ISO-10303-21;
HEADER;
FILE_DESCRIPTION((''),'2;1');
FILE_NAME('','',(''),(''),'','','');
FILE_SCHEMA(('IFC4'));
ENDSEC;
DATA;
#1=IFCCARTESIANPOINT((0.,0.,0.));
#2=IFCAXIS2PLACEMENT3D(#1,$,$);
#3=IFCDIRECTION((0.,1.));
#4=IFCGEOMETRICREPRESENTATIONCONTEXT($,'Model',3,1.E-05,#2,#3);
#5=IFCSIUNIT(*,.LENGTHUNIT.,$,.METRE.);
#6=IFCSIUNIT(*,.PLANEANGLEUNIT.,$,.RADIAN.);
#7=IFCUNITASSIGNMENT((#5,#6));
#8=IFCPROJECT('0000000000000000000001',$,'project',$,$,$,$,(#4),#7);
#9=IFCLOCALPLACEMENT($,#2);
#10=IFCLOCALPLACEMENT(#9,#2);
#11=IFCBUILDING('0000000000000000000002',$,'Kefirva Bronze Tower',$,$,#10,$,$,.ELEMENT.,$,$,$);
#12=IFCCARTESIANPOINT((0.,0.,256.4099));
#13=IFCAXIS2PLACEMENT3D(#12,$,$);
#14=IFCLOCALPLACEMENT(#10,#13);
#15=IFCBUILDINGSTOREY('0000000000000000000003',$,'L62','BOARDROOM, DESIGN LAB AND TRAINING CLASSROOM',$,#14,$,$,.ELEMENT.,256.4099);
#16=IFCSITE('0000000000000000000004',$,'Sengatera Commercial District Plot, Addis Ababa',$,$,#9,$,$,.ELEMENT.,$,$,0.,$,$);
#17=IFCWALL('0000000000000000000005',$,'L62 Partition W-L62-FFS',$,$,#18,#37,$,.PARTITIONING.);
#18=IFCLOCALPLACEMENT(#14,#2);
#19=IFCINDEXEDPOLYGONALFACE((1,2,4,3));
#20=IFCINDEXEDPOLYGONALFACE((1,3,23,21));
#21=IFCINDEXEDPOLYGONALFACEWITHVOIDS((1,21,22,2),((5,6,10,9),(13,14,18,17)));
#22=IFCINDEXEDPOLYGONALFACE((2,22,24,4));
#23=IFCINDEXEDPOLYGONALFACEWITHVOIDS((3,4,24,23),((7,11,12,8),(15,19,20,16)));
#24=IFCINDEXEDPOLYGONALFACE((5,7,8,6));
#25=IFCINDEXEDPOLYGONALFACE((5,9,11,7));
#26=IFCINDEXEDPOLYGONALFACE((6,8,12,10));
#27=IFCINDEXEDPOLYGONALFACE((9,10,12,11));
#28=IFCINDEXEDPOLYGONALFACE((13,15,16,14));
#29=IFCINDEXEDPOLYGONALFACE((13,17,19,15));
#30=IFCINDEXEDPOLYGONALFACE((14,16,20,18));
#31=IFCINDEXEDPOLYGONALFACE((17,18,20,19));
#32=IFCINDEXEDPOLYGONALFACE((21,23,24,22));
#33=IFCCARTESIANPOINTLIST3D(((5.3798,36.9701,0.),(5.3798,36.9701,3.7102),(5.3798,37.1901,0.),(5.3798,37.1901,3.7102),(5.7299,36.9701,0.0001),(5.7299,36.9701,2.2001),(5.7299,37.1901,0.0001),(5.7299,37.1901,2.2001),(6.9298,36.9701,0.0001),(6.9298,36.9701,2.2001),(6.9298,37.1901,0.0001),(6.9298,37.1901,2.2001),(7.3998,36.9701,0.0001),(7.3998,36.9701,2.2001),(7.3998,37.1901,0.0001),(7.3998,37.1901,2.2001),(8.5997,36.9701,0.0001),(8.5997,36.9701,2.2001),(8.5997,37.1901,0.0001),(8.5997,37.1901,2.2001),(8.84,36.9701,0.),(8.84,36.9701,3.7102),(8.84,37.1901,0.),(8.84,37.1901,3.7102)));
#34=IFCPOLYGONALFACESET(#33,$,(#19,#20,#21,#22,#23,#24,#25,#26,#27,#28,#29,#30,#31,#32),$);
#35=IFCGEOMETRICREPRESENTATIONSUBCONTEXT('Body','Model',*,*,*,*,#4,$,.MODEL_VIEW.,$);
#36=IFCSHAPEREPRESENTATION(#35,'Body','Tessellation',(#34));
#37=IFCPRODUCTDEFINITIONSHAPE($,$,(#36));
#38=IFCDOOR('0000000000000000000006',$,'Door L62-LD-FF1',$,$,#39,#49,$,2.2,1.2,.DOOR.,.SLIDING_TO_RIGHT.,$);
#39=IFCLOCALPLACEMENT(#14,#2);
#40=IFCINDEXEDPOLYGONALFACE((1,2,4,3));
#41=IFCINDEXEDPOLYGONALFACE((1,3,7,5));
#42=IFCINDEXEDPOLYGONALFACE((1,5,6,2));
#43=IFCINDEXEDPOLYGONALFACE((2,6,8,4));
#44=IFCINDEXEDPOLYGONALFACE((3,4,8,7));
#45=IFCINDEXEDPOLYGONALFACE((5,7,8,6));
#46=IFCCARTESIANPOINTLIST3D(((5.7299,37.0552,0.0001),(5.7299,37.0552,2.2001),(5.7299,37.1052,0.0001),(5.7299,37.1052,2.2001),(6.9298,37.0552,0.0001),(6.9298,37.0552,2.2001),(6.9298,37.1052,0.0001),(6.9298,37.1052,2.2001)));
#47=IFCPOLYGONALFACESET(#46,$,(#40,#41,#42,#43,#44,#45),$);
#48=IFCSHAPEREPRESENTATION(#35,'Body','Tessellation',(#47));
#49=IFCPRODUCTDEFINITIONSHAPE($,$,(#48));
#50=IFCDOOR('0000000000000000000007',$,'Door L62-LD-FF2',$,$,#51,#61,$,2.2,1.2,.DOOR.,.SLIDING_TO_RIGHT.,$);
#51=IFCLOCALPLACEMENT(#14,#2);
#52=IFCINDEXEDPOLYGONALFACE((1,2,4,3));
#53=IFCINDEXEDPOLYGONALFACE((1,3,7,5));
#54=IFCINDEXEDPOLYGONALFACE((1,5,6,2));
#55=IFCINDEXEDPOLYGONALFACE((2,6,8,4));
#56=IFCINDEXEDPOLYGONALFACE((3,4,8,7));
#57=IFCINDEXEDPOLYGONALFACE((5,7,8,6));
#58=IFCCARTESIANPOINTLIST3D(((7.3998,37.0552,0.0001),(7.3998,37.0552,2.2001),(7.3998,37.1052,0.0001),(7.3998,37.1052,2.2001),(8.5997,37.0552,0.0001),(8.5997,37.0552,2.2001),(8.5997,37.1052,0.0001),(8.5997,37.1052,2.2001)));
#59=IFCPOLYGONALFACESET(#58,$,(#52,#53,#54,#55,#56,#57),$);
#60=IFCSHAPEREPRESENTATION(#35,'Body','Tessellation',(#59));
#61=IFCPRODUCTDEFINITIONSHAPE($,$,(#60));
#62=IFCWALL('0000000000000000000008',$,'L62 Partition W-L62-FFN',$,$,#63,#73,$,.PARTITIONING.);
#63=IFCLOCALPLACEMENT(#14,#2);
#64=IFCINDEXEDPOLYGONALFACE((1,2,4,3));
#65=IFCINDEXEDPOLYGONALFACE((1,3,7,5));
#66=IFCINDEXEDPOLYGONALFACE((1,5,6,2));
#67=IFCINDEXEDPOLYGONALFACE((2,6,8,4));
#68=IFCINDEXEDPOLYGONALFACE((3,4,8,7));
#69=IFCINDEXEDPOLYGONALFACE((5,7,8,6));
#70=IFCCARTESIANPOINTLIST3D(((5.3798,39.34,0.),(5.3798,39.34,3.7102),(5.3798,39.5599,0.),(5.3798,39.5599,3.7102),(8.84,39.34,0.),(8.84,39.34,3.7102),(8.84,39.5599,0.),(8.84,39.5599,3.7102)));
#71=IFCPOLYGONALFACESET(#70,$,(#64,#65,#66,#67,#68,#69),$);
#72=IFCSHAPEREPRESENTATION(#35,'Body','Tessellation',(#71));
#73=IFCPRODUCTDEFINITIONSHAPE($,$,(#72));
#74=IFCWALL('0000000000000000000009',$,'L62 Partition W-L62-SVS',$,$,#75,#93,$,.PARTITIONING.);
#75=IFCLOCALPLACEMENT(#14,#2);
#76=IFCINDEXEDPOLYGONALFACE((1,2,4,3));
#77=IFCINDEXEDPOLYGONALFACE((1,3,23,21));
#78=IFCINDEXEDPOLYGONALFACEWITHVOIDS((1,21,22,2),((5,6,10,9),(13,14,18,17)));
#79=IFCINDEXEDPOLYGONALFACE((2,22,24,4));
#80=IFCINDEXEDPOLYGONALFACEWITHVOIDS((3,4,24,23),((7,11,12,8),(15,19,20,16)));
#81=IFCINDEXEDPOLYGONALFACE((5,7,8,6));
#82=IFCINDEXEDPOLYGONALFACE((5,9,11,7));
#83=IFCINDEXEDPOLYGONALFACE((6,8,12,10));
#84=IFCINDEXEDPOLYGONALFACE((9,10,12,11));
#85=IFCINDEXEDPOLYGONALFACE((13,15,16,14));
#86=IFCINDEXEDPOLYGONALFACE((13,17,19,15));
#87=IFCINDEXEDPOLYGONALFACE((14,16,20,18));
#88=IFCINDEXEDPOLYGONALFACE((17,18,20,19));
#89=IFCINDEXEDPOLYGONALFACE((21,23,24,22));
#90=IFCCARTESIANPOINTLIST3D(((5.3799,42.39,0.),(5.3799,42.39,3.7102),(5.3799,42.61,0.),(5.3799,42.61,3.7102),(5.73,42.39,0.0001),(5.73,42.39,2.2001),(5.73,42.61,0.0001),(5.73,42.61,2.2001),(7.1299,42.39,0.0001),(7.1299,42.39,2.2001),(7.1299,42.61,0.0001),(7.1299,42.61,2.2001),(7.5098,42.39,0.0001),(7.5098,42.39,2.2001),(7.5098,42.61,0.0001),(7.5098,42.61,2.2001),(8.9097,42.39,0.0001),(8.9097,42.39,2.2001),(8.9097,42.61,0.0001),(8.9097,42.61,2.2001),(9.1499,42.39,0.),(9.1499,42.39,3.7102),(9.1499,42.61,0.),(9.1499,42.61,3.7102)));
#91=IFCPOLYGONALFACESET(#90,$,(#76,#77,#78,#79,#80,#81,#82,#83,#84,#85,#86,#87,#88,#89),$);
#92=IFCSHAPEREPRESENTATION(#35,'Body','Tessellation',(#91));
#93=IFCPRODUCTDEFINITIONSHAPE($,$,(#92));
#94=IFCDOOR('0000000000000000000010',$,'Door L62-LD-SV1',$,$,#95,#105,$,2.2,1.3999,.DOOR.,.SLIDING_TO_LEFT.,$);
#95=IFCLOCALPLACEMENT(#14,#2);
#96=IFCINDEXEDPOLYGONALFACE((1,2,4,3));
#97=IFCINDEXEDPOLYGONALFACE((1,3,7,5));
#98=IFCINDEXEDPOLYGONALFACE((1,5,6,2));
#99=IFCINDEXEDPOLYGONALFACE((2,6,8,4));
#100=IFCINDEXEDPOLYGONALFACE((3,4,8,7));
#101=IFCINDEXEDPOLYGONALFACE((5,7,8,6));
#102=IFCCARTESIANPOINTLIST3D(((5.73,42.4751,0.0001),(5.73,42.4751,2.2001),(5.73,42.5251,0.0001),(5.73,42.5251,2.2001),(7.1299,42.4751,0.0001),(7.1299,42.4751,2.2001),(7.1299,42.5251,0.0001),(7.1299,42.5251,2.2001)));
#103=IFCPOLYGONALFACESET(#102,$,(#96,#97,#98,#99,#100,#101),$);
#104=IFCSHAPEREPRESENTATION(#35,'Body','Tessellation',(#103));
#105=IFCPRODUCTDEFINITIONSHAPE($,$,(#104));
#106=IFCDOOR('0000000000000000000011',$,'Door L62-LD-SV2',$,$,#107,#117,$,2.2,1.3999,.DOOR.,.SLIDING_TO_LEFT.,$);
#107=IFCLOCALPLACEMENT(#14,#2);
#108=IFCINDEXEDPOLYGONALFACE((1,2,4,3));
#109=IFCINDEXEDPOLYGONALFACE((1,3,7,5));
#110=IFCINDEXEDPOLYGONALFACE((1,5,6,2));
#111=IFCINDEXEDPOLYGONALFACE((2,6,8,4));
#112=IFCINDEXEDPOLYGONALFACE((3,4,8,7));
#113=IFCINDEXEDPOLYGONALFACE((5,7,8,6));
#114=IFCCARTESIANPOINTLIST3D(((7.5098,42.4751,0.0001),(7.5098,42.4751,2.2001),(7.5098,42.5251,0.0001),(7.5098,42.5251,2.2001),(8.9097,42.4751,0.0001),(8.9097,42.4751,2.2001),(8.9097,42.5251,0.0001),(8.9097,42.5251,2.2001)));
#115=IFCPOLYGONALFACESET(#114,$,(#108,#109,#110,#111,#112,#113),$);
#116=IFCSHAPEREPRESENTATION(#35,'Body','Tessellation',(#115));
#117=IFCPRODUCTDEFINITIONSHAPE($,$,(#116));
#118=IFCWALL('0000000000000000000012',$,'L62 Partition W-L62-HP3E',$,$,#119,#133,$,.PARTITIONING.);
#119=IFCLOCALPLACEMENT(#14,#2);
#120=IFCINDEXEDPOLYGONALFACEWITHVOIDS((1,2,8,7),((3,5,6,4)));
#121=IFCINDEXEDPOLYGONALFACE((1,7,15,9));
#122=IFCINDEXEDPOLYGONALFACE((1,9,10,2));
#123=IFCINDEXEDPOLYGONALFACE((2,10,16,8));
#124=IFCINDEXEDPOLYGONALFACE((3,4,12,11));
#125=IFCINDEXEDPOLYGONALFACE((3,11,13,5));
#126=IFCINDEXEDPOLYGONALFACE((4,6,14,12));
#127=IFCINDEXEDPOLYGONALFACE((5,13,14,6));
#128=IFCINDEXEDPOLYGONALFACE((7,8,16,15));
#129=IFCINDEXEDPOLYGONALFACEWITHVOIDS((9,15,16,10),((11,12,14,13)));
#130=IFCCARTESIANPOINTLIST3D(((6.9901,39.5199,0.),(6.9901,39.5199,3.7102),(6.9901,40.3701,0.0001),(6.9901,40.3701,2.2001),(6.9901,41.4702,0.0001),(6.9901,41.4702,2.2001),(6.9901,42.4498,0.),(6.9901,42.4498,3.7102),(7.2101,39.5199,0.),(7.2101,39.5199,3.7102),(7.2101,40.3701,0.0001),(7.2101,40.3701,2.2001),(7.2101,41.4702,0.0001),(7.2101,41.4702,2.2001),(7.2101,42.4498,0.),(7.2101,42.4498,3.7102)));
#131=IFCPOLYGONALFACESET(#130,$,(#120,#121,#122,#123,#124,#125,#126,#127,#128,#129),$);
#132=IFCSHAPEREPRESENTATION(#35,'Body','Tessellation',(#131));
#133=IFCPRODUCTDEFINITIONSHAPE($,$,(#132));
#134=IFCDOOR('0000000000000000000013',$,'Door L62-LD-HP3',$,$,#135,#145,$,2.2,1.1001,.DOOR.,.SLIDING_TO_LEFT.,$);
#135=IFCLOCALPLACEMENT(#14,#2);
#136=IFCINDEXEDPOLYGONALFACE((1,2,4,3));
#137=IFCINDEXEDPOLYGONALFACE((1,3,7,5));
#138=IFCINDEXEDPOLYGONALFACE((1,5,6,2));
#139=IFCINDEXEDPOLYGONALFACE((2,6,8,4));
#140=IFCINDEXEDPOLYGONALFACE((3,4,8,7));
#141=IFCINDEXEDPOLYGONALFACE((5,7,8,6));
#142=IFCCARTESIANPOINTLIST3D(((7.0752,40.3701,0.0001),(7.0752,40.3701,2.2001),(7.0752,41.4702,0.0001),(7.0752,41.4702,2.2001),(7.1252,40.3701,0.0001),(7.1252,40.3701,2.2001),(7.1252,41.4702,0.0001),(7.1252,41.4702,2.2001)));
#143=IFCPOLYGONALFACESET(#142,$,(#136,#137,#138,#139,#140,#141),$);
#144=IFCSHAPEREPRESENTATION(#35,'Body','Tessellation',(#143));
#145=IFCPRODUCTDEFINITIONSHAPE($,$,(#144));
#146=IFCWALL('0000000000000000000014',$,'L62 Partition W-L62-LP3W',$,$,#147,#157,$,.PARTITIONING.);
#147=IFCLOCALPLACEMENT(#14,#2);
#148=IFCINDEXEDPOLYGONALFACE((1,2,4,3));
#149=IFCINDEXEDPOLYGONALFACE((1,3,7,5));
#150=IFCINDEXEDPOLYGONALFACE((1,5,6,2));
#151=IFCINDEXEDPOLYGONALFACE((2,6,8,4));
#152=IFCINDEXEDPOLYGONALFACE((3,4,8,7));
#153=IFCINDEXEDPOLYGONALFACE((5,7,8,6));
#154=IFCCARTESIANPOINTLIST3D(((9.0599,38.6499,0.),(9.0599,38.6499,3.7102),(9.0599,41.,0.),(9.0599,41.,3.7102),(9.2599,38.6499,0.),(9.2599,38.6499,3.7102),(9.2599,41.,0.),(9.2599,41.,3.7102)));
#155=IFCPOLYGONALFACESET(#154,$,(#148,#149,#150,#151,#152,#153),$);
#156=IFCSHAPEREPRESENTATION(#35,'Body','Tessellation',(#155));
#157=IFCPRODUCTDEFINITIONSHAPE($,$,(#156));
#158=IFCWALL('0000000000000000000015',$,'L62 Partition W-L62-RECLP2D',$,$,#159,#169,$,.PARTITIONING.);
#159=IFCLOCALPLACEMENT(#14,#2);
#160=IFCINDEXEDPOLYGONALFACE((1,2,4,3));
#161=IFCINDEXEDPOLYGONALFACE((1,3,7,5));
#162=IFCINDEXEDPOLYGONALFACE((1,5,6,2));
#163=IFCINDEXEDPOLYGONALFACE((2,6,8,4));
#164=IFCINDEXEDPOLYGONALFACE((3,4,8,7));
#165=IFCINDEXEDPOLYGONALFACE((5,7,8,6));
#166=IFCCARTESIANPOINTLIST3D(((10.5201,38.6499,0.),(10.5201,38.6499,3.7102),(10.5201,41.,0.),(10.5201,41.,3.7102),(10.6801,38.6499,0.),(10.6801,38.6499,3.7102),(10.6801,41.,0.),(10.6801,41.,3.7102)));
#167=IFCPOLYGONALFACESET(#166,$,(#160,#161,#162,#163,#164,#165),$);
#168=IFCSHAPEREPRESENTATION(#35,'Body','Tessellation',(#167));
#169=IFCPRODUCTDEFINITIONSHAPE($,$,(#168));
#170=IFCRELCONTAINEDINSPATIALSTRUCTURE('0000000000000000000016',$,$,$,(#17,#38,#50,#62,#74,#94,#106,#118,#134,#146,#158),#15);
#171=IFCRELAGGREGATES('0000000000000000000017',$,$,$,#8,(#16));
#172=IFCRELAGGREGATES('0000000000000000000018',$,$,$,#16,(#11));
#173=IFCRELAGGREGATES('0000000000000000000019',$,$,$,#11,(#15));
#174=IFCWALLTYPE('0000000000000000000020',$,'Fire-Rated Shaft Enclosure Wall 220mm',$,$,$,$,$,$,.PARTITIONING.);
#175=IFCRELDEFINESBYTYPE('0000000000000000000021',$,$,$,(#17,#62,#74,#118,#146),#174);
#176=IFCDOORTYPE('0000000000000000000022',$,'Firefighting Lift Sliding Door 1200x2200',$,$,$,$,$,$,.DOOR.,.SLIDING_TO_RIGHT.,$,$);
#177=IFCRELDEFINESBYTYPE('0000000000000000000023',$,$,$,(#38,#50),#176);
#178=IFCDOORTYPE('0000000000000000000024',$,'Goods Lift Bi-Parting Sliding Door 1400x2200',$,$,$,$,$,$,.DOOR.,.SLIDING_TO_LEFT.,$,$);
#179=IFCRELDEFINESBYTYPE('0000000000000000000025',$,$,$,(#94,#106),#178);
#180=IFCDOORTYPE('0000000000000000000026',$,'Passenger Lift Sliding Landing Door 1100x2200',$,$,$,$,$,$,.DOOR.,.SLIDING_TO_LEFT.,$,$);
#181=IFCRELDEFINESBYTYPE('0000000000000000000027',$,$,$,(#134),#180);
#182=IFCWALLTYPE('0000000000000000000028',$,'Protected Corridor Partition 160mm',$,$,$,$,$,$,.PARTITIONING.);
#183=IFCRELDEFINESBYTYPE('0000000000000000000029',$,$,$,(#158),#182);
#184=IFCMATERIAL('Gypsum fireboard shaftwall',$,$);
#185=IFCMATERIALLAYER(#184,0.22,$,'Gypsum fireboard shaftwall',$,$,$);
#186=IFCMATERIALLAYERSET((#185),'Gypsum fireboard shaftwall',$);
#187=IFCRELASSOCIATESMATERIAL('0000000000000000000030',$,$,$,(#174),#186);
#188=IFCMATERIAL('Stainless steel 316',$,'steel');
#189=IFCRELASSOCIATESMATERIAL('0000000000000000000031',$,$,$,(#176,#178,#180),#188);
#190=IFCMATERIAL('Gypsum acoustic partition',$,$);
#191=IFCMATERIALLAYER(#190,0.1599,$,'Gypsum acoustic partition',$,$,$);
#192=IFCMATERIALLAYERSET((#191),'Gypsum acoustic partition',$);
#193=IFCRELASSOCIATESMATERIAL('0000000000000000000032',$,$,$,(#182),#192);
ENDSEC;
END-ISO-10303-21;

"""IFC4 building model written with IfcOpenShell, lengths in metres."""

from ifc_helpers import new_model, si_unit, direction, frame, frame_2d, origin, place, context, subcontext, project, spatial, rectangle, extrude, material, layer, layer_set, type_object, element, fill, save


model = new_model("IFC4")

# Units and contexts
model_context = context("Model", 3, precision=1e-05, world=origin(), true_north=direction((0.0, 1.0)))
body_context = subcontext(model_context, "Body", "Model", "MODEL_VIEW")
ifc_project = project(units=[si_unit("LENGTHUNIT", "METRE"), si_unit("PLANEANGLEUNIT", "RADIAN")], contexts=[model_context])

# Site, building, storey
site_placement = place(None, origin())
site = spatial("IfcSite", under=ifc_project, at=site_placement, Name="Sengatera Commercial District Plot, Addis Ababa", CompositionType="ELEMENT", RefElevation=0.0)
building_placement = place(site_placement, origin())
building = spatial("IfcBuilding", under=site, at=building_placement, Name="Kefirva Bronze Tower", CompositionType="ELEMENT")
storey_placement = place(building_placement, frame((0.0, 0.0, 256.4099)))
storey = spatial("IfcBuildingStorey", under=building, at=storey_placement, Name="L62", Description="BOARDROOM, DESIGN LAB AND TRAINING CLASSROOM", CompositionType="ELEMENT", Elevation=256.4099)

# Wall, openings, doors
ifc_material_1 = material(Name="Gypsum fireboard shaftwall")
ifc_layer_1 = layer(ifc_material_1, 0.22, Name="Gypsum fireboard shaftwall")
ifc_layer_set_1 = layer_set([ifc_layer_1], Name="Gypsum fireboard shaftwall")
wall_type_1 = type_object("IfcWallType", Name="Fire-Rated Shaft Enclosure Wall 220mm", PredefinedType="PARTITIONING", material=ifc_layer_set_1)
wall_1_placement = place(storey_placement, frame((5.3799, 37.0801, 0.0), z_axis=(0.0, 0.0, 1.0), x_axis=(1.0, 0.0, 0.0)))
wall_1 = element("IfcWall", 1, at=wall_1_placement, inside=storey, type_object=wall_type_1, Name="L62 Partition W-L62-FFS", PredefinedType="PARTITIONING", context=body_context, shape_type="SweptSolid", body=[
    extrude(rectangle(XDim=3.4602, YDim=0.22, at=frame_2d((1.73, 0.0))), origin(), (0.0, 0.0, 1.0), 3.7102),
])
opening_1_placement = place(wall_1_placement, frame((1.55, 0.0, 0.0), z_axis=(0.0, 0.0, 1.0), x_axis=(-1.0, 0.0, 0.0)))
opening_1 = element("IfcOpeningElement", 2, at=opening_1_placement, cuts=wall_1, PredefinedType="OPENING", context=body_context, shape_type="SweptSolid", body=[
    extrude(rectangle(XDim=1.2, YDim=2.2, at=frame_2d((0.6001, 1.1001))), frame((0.0, 0.1201, 0.0), z_axis=(0.0, -1.0, 0.0), x_axis=(1.0, 0.0, 0.0)), (0.0, 0.0, 1.0), 0.24),
])
opening_2_placement = place(wall_1_placement, frame((3.22, 0.0, 0.0), z_axis=(0.0, 0.0, 1.0), x_axis=(-1.0, 0.0, 0.0)))
opening_2 = element("IfcOpeningElement", 3, at=opening_2_placement, cuts=wall_1, PredefinedType="OPENING", context=body_context, shape_type="SweptSolid", body=[
    extrude(rectangle(XDim=1.2, YDim=2.2, at=frame_2d((0.6001, 1.1001))), frame((0.0, 0.1201, 0.0), z_axis=(0.0, -1.0, 0.0), x_axis=(1.0, 0.0, 0.0)), (0.0, 0.0, 1.0), 0.24),
])
ifc_material_2 = material(Name="Stainless steel 316", Category="steel")
door_type_1 = type_object("IfcDoorType", Name="Firefighting Lift Sliding Door 1200x2200", OperationType="SLIDING_TO_RIGHT", PredefinedType="DOOR", material=ifc_material_2)
door_1_placement = place(opening_1_placement, origin())
door_1 = element("IfcDoor", 4, at=door_1_placement, inside=storey, type_object=door_type_1, Name="Door L62-LD-FF1", OperationType="SLIDING_TO_RIGHT", OverallHeight=2.2, OverallWidth=1.2, PredefinedType="DOOR", context=body_context, shape_type="SweptSolid", body=[
    extrude(rectangle(XDim=1.2, YDim=2.2, at=frame_2d((0.6001, 1.1001))), frame((0.0, 0.0249, 0.0), z_axis=(0.0, -1.0, 0.0), x_axis=(1.0, 0.0, 0.0)), (0.0, 0.0, 1.0), 0.05),
])
fill(opening_1, door_1)
door_2_placement = place(opening_2_placement, origin())
door_2 = element("IfcDoor", 5, at=door_2_placement, inside=storey, type_object=door_type_1, Name="Door L62-LD-FF2", OperationType="SLIDING_TO_RIGHT", OverallHeight=2.2, OverallWidth=1.2, PredefinedType="DOOR", context=body_context, shape_type="SweptSolid", body=[
    extrude(rectangle(XDim=1.2, YDim=2.2, at=frame_2d((0.6001, 1.1001))), frame((0.0, 0.0249, 0.0), z_axis=(0.0, -1.0, 0.0), x_axis=(1.0, 0.0, 0.0)), (0.0, 0.0, 1.0), 0.05),
])
fill(opening_2, door_2)

# Wall
wall_2_placement = place(storey_placement, frame((5.3799, 39.45, 0.0), z_axis=(0.0, 0.0, 1.0), x_axis=(1.0, 0.0, 0.0)))
element("IfcWall", 6, at=wall_2_placement, inside=storey, type_object=wall_type_1, Name="L62 Partition W-L62-FFN", PredefinedType="PARTITIONING", context=body_context, shape_type="SweptSolid", body=[
    extrude(rectangle(XDim=3.4602, YDim=0.22, at=frame_2d((1.73, 0.0))), origin(), (0.0, 0.0, 1.0), 3.7102),
])

# Wall, openings, doors
wall_3_placement = place(storey_placement, frame((5.3799, 42.5, 0.0), z_axis=(0.0, 0.0, 1.0), x_axis=(1.0, 0.0, 0.0)))
wall_3 = element("IfcWall", 7, at=wall_3_placement, inside=storey, type_object=wall_type_1, Name="L62 Partition W-L62-SVS", PredefinedType="PARTITIONING", context=body_context, shape_type="SweptSolid", body=[
    extrude(rectangle(XDim=3.77, YDim=0.22, at=frame_2d((1.885, 0.0))), origin(), (0.0, 0.0, 1.0), 3.7102),
])
opening_3_placement = place(wall_3_placement, frame((1.75, 0.0, 0.0), z_axis=(0.0, 0.0, 1.0), x_axis=(-1.0, 0.0, 0.0)))
opening_3 = element("IfcOpeningElement", 8, at=opening_3_placement, cuts=wall_3, PredefinedType="OPENING", context=body_context, shape_type="SweptSolid", body=[
    extrude(rectangle(XDim=1.3999, YDim=2.2, at=frame_2d((0.7, 1.1001))), frame((0.0, 0.1201, 0.0), z_axis=(0.0, -1.0, 0.0), x_axis=(1.0, 0.0, 0.0)), (0.0, 0.0, 1.0), 0.24),
])
opening_4_placement = place(wall_3_placement, frame((3.5298, 0.0, 0.0), z_axis=(0.0, 0.0, 1.0), x_axis=(-1.0, 0.0, 0.0)))
opening_4 = element("IfcOpeningElement", 9, at=opening_4_placement, cuts=wall_3, PredefinedType="OPENING", context=body_context, shape_type="SweptSolid", body=[
    extrude(rectangle(XDim=1.3999, YDim=2.2, at=frame_2d((0.7, 1.1001))), frame((0.0, 0.1201, 0.0), z_axis=(0.0, -1.0, 0.0), x_axis=(1.0, 0.0, 0.0)), (0.0, 0.0, 1.0), 0.24),
])
door_type_2 = type_object("IfcDoorType", Name="Goods Lift Bi-Parting Sliding Door 1400x2200", OperationType="SLIDING_TO_LEFT", PredefinedType="DOOR", material=ifc_material_2)
door_3_placement = place(opening_3_placement, origin())
door_3 = element("IfcDoor", 10, at=door_3_placement, inside=storey, type_object=door_type_2, Name="Door L62-LD-SV1", OperationType="SLIDING_TO_LEFT", OverallHeight=2.2, OverallWidth=1.3999, PredefinedType="DOOR", context=body_context, shape_type="SweptSolid", body=[
    extrude(rectangle(XDim=1.3999, YDim=2.2, at=frame_2d((0.7, 1.1001))), frame((0.0, 0.0249, 0.0), z_axis=(0.0, -1.0, 0.0), x_axis=(1.0, 0.0, 0.0)), (0.0, 0.0, 1.0), 0.05),
])
fill(opening_3, door_3)
door_4_placement = place(opening_4_placement, origin())
door_4 = element("IfcDoor", 11, at=door_4_placement, inside=storey, type_object=door_type_2, Name="Door L62-LD-SV2", OperationType="SLIDING_TO_LEFT", OverallHeight=2.2, OverallWidth=1.3999, PredefinedType="DOOR", context=body_context, shape_type="SweptSolid", body=[
    extrude(rectangle(XDim=1.3999, YDim=2.2, at=frame_2d((0.7, 1.1001))), frame((0.0, 0.0249, 0.0), z_axis=(0.0, -1.0, 0.0), x_axis=(1.0, 0.0, 0.0)), (0.0, 0.0, 1.0), 0.05),
])
fill(opening_4, door_4)

# Wall, opening, door
wall_4_placement = place(storey_placement, frame((7.1001, 39.52, 0.0), z_axis=(0.0, 0.0, 1.0), x_axis=(0.0, 1.0, 0.0)))
wall_4 = element("IfcWall", 12, at=wall_4_placement, inside=storey, type_object=wall_type_1, Name="L62 Partition W-L62-HP3E", PredefinedType="PARTITIONING", context=body_context, shape_type="SweptSolid", body=[
    extrude(rectangle(XDim=2.9299, YDim=0.22, at=frame_2d((1.4648, 0.0))), origin(), (0.0, 0.0, 1.0), 3.7102),
])
opening_5_placement = place(wall_4_placement, frame((0.8501, 0.0, 0.0)))
opening_5 = element("IfcOpeningElement", 13, at=opening_5_placement, cuts=wall_4, PredefinedType="OPENING", context=body_context, shape_type="SweptSolid", body=[
    extrude(rectangle(XDim=1.1001, YDim=2.2, at=frame_2d((0.55, 1.1001))), frame((0.0, 0.1201, 0.0), z_axis=(0.0, -1.0, 0.0), x_axis=(1.0, 0.0, 0.0)), (0.0, 0.0, 1.0), 0.24),
])
door_type_3 = type_object("IfcDoorType", Name="Passenger Lift Sliding Landing Door 1100x2200", OperationType="SLIDING_TO_LEFT", PredefinedType="DOOR", material=ifc_material_2)
door_5_placement = place(opening_5_placement, origin())
door_5 = element("IfcDoor", 14, at=door_5_placement, inside=storey, type_object=door_type_3, Name="Door L62-LD-HP3", OperationType="SLIDING_TO_LEFT", OverallHeight=2.2, OverallWidth=1.1001, PredefinedType="DOOR", context=body_context, shape_type="SweptSolid", body=[
    extrude(rectangle(XDim=1.1001, YDim=2.2, at=frame_2d((0.55, 1.1001))), frame((0.0, 0.0249, 0.0), z_axis=(0.0, -1.0, 0.0), x_axis=(1.0, 0.0, 0.0)), (0.0, 0.0, 1.0), 0.05),
])
fill(opening_5, door_5)

# Wall
wall_5_placement = place(storey_placement, frame((9.1599, 38.6499, 0.0), z_axis=(0.0, 0.0, 1.0), x_axis=(0.0, 1.0, 0.0)))
element("IfcWall", 15, at=wall_5_placement, inside=storey, type_object=wall_type_1, Name="L62 Partition W-L62-LP3W", PredefinedType="PARTITIONING", context=body_context, shape_type="SweptSolid", body=[
    extrude(rectangle(XDim=2.3501, YDim=0.2, at=frame_2d((1.175, 0.0))), origin(), (0.0, 0.0, 1.0), 3.7102),
])

# Shared definitions
ifc_material_3 = material(Name="Gypsum acoustic partition")
ifc_layer_2 = layer(ifc_material_3, 0.1599, Name="Gypsum acoustic partition")
ifc_layer_set_2 = layer_set([ifc_layer_2], Name="Gypsum acoustic partition")
wall_type_2 = type_object("IfcWallType", Name="Protected Corridor Partition 160mm", PredefinedType="PARTITIONING", material=ifc_layer_set_2)

# Wall
wall_6_placement = place(storey_placement, frame((10.6001, 38.6499, 0.0), z_axis=(0.0, 0.0, 1.0), x_axis=(0.0, 1.0, 0.0)))
element("IfcWall", 16, at=wall_6_placement, inside=storey, type_object=wall_type_2, Name="L62 Partition W-L62-RECLP2D", PredefinedType="PARTITIONING", context=body_context, shape_type="SweptSolid", body=[
    extrude(rectangle(XDim=2.3501, YDim=0.1599, at=frame_2d((1.175, 0.0))), origin(), (0.0, 0.0, 1.0), 3.7102),
])

save(model, "model.ifc")
